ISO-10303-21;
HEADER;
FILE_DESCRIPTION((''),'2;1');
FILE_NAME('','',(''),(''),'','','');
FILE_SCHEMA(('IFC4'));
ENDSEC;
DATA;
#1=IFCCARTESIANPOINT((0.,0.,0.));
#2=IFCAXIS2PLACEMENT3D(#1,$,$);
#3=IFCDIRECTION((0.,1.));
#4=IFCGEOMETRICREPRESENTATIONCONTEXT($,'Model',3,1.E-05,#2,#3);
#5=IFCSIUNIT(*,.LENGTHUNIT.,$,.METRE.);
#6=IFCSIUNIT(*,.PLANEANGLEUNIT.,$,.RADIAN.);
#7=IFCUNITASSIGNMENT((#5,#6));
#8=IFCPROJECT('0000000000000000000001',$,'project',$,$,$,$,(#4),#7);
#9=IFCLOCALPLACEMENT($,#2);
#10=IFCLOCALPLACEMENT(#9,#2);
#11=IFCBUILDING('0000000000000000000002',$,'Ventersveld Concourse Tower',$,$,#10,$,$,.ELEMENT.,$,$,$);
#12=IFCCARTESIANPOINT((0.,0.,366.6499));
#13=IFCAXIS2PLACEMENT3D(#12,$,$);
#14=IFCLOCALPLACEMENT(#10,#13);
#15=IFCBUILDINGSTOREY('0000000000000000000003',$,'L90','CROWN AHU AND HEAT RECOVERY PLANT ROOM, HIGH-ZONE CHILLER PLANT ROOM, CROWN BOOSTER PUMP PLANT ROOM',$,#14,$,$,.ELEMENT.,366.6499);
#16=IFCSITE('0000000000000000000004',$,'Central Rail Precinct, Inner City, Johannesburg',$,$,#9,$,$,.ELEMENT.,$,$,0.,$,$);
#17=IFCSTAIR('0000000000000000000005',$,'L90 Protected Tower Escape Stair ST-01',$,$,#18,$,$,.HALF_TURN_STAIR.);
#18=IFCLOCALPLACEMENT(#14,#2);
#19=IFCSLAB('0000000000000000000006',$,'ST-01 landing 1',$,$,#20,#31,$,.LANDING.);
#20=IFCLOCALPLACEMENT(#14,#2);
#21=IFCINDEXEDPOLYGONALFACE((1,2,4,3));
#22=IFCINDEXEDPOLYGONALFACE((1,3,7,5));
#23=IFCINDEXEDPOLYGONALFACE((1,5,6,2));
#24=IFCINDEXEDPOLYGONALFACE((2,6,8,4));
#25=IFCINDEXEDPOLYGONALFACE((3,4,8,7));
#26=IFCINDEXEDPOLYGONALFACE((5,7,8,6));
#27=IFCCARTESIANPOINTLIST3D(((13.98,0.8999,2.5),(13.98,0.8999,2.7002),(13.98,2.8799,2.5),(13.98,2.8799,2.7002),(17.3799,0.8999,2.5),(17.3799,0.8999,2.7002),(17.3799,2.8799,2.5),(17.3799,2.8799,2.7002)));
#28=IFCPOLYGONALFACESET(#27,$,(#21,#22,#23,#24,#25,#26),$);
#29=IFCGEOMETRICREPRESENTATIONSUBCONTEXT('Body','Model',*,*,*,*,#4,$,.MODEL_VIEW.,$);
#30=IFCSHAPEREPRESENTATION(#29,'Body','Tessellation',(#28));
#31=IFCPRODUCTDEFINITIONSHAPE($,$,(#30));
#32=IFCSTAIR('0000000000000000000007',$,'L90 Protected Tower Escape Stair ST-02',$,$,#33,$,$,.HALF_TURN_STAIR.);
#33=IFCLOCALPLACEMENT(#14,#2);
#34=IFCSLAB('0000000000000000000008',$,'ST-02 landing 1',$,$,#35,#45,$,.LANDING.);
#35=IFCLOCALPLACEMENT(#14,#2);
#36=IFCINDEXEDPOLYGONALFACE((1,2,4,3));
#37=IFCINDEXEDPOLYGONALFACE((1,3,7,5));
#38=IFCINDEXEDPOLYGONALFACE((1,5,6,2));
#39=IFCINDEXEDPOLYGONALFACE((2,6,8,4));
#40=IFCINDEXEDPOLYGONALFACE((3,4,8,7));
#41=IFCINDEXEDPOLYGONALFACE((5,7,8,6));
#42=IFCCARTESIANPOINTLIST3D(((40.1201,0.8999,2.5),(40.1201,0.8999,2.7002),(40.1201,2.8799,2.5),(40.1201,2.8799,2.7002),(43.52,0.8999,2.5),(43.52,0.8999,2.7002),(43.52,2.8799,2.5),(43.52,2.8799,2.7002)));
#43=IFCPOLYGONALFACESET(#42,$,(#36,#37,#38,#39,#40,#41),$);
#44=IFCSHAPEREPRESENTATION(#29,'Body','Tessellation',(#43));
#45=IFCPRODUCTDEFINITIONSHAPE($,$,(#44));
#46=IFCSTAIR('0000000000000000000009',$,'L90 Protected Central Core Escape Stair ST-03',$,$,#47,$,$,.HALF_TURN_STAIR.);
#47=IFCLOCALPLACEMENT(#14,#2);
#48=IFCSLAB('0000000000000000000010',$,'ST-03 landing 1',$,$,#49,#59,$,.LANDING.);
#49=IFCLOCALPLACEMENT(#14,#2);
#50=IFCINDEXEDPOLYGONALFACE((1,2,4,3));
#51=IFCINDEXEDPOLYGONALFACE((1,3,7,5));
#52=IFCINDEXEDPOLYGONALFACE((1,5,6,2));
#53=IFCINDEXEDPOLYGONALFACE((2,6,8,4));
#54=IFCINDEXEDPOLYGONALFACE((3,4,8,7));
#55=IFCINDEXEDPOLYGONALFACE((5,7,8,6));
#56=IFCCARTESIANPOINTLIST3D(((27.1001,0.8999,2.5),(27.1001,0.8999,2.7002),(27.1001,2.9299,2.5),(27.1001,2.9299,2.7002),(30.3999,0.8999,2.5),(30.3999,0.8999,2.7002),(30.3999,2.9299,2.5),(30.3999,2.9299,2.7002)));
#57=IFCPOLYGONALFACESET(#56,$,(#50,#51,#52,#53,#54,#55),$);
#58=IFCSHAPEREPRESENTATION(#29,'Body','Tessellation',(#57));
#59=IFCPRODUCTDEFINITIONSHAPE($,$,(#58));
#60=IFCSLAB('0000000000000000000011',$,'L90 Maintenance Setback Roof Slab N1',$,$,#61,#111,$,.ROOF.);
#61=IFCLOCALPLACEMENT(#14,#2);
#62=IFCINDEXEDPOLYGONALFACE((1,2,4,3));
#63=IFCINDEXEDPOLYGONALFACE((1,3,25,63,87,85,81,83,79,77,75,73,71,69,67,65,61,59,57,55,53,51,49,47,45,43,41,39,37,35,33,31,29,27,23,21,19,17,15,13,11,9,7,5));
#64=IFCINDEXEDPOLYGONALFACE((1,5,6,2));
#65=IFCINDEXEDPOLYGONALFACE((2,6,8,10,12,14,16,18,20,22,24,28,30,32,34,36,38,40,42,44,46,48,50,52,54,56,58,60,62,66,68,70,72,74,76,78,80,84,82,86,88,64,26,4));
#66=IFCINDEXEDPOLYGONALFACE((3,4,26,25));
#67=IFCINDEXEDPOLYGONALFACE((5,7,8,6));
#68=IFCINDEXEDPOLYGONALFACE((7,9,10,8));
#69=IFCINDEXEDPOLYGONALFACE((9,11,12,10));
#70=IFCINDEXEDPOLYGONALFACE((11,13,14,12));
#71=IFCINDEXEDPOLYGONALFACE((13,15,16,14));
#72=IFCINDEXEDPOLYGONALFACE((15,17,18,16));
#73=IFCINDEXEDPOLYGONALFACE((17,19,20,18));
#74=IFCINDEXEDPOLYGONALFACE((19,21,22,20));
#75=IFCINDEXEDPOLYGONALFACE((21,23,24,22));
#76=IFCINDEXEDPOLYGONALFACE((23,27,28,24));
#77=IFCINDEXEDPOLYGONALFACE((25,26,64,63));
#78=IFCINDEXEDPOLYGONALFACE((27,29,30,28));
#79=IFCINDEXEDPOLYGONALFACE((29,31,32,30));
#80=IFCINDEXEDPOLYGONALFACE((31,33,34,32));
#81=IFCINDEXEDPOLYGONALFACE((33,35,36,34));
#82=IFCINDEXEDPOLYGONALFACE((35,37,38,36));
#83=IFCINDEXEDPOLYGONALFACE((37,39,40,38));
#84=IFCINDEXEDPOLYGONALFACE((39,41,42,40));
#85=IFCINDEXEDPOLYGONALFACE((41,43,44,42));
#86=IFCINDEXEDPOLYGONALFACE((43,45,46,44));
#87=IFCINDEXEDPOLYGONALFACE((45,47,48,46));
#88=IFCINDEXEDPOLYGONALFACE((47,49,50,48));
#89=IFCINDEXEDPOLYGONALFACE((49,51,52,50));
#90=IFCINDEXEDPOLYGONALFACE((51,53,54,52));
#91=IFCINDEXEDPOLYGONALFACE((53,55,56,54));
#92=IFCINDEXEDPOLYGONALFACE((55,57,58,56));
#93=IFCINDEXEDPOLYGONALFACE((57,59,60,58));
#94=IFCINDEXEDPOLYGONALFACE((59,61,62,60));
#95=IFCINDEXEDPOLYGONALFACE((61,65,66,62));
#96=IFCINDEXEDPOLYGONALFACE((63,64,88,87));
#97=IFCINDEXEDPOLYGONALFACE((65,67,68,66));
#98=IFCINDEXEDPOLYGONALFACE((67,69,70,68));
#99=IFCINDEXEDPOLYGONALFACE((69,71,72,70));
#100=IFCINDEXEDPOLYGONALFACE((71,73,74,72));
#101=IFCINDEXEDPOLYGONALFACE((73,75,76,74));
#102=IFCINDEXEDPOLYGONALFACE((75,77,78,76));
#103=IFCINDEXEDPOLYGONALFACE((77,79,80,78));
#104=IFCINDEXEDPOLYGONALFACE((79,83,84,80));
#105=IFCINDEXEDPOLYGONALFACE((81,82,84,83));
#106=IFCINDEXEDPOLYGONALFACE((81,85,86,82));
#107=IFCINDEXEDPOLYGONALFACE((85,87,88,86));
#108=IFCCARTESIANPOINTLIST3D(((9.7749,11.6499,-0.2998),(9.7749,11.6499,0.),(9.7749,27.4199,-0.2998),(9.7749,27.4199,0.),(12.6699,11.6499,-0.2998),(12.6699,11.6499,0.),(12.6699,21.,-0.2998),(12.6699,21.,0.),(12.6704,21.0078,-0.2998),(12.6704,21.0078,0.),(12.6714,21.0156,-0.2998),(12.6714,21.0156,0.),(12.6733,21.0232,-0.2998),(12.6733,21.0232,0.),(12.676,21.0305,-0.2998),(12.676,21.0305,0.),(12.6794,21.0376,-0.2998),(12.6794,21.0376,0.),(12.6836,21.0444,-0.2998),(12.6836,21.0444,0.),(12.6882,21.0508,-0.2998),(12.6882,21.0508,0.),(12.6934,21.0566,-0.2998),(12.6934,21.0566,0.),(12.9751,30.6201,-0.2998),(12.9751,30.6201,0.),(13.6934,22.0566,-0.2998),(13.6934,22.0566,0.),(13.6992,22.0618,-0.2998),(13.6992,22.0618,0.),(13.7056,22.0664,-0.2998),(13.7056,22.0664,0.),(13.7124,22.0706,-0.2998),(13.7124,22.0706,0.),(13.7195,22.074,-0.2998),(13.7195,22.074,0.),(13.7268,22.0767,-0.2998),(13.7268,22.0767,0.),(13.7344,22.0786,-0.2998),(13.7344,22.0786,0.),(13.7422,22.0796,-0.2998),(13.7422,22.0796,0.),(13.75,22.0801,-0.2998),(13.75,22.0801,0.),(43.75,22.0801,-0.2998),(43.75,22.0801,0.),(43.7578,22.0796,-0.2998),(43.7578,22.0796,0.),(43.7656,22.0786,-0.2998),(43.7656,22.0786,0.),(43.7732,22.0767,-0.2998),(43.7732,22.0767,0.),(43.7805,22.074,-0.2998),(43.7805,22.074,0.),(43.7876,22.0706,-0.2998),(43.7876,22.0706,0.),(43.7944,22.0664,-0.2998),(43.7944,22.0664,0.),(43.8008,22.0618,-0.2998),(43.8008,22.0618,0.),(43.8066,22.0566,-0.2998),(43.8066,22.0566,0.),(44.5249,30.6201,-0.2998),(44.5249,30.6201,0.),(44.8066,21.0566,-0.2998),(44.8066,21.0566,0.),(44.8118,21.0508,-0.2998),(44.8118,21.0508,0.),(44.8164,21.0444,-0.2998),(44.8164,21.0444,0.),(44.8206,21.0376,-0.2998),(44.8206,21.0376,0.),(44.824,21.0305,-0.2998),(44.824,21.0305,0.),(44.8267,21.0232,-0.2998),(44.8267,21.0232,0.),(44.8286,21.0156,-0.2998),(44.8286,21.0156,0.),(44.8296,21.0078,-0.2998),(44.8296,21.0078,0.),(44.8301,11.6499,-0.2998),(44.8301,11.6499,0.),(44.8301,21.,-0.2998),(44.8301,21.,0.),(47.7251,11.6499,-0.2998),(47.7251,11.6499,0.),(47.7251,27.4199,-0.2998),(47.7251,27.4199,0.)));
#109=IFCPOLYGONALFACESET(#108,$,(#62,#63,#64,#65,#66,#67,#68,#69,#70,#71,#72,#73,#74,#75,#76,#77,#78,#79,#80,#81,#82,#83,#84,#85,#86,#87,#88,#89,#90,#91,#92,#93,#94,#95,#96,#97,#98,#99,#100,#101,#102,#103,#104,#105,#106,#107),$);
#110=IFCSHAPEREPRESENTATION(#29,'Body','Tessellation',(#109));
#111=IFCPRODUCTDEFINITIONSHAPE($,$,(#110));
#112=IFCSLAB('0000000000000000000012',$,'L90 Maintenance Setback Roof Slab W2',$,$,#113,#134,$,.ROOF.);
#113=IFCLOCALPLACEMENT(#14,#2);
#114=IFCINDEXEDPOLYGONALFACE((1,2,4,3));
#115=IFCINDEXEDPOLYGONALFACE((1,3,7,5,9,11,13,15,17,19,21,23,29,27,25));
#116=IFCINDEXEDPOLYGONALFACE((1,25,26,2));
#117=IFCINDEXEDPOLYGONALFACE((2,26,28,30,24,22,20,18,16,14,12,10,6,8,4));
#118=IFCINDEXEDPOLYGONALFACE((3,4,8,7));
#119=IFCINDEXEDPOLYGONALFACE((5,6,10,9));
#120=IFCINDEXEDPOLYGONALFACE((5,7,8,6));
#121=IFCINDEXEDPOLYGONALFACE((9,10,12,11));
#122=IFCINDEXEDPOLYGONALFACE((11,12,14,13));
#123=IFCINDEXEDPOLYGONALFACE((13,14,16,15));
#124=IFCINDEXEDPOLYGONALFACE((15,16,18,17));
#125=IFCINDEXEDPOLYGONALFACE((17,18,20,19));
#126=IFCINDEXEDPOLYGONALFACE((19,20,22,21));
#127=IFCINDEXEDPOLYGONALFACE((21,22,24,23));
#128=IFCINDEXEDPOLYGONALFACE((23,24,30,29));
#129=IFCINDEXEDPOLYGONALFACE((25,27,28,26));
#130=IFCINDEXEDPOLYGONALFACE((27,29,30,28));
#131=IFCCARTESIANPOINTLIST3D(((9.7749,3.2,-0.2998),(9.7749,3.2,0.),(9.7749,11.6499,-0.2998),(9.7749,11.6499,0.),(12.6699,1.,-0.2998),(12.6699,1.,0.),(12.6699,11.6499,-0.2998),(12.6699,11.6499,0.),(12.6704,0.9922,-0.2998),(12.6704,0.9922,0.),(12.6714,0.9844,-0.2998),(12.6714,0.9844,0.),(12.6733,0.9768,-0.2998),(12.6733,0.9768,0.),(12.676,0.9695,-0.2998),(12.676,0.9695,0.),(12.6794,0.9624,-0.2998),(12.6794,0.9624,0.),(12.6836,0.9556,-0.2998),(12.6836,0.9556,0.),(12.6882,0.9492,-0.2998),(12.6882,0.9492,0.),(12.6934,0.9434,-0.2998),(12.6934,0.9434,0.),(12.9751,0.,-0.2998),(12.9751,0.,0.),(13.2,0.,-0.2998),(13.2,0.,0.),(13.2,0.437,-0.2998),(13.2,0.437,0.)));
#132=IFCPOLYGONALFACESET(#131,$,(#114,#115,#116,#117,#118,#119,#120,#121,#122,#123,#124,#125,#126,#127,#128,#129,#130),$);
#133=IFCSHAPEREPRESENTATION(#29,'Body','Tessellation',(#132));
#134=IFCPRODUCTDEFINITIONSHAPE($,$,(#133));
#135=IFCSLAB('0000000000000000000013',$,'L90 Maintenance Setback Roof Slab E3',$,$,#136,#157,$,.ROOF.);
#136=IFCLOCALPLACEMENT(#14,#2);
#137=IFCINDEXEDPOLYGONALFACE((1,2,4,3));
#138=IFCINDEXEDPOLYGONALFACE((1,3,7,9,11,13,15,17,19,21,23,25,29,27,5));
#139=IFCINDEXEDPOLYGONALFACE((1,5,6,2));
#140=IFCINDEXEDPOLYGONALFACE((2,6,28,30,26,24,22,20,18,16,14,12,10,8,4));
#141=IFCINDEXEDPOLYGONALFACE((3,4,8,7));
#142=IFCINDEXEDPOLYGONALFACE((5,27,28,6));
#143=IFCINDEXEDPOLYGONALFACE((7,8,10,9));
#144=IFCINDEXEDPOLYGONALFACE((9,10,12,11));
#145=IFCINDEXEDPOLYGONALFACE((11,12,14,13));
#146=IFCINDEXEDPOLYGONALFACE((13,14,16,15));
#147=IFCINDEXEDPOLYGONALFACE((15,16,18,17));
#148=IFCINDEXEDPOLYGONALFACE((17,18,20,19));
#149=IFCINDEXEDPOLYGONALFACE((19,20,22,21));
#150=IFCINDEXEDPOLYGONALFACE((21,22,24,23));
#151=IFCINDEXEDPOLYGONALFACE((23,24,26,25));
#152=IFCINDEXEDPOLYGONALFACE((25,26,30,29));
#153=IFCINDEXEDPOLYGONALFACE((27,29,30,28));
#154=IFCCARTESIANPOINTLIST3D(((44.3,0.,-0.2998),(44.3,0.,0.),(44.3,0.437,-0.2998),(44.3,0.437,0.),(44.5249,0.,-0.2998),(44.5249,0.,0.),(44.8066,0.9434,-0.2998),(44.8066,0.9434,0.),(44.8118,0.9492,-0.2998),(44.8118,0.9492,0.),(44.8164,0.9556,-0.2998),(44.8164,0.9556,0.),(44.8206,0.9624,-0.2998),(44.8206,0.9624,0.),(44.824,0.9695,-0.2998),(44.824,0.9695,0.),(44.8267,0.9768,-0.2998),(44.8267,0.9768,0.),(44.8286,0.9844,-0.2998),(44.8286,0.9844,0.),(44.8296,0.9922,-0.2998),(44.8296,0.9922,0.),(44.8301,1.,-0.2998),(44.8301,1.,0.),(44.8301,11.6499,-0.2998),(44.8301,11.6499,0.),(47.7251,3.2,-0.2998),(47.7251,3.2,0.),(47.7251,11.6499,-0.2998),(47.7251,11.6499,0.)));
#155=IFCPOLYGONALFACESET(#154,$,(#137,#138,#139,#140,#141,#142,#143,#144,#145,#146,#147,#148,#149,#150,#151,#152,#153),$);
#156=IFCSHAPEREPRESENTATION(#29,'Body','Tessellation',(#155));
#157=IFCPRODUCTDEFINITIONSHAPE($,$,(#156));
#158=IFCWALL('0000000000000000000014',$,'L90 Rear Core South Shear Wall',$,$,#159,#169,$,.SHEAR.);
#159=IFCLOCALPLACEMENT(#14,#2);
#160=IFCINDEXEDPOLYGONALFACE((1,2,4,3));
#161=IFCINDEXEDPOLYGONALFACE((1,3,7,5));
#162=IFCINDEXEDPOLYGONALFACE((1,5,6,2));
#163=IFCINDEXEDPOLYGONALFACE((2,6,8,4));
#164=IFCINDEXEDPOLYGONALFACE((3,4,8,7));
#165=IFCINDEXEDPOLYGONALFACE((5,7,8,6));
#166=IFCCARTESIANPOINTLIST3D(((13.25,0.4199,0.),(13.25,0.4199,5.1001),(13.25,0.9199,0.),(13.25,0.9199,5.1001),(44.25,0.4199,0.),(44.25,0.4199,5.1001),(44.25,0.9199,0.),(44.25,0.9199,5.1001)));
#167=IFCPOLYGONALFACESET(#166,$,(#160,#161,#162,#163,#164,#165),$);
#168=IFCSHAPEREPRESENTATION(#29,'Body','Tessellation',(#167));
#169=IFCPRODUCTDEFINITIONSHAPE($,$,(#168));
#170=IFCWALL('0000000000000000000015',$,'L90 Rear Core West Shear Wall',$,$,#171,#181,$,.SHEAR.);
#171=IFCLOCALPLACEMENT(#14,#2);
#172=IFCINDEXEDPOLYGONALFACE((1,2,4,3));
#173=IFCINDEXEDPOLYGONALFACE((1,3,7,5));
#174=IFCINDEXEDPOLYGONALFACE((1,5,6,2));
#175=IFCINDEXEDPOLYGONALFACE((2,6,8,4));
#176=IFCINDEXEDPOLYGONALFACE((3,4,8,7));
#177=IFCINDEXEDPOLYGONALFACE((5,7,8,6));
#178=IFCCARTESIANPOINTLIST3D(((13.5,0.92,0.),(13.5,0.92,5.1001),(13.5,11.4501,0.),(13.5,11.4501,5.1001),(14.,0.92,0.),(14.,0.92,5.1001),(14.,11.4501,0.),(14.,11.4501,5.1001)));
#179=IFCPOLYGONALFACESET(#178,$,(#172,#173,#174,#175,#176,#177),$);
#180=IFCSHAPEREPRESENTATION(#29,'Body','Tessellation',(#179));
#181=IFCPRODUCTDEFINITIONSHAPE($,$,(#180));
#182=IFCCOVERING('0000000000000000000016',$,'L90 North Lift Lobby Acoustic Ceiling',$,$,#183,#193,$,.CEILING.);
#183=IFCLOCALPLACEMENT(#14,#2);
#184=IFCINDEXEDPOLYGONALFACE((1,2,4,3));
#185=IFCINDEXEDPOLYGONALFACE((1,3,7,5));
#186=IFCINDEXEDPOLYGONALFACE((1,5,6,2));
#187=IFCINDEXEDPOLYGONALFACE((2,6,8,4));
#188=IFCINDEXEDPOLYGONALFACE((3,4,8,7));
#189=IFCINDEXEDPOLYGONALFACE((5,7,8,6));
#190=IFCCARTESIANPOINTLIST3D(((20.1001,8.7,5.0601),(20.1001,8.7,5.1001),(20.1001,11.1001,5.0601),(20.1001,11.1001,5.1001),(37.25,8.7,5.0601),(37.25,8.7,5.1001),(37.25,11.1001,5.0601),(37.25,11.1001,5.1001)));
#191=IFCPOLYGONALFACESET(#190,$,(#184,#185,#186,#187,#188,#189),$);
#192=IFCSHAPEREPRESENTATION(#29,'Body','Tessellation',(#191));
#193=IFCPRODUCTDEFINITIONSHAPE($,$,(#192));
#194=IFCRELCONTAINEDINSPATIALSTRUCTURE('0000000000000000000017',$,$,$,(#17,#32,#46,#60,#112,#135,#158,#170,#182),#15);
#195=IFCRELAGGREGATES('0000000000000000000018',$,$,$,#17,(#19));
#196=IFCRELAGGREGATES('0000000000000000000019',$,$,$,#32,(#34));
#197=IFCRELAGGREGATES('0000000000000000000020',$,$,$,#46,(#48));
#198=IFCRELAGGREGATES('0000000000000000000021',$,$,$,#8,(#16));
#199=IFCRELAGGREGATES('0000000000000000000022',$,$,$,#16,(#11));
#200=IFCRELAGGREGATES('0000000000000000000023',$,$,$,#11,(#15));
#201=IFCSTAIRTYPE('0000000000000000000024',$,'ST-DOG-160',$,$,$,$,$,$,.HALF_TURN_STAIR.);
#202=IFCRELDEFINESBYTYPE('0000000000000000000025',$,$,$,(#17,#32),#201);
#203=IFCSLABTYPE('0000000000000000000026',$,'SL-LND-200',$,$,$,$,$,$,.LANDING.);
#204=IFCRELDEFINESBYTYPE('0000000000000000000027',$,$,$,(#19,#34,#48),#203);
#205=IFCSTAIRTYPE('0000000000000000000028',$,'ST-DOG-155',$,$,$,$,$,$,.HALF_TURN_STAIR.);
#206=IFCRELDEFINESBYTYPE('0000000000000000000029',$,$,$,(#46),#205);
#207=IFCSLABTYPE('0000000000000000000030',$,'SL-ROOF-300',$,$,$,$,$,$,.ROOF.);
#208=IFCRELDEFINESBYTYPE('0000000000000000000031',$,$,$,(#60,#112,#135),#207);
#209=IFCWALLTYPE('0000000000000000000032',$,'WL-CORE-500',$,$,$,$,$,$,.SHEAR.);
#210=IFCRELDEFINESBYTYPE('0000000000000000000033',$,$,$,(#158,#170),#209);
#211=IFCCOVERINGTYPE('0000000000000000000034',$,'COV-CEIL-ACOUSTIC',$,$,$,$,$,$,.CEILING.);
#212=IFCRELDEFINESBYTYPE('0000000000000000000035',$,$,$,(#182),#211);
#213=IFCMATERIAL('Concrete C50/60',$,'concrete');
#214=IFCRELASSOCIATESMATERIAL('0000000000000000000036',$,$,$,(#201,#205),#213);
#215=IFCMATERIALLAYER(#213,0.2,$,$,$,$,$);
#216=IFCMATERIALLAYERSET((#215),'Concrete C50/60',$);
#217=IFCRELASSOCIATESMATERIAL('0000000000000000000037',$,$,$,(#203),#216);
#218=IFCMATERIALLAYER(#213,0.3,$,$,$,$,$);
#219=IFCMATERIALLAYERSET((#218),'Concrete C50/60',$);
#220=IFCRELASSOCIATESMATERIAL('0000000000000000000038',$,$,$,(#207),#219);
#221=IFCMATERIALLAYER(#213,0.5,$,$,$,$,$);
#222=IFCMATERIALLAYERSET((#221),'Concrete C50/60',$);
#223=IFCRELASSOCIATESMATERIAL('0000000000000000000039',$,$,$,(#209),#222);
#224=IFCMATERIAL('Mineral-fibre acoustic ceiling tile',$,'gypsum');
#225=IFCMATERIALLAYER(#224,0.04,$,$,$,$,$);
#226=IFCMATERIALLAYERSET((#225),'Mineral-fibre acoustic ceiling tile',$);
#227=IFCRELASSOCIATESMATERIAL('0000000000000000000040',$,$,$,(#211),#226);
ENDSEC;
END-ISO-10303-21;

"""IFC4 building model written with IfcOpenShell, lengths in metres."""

from ifc_helpers import new_model, si_unit, direction, frame, frame_2d, origin, place, context, subcontext, project, spatial, polyline, rectangle, outline, extrude, material, layer, layer_set, type_object, element, aggregate, save


model = new_model("IFC4")

# Units and contexts
model_context = context("Model", 3, precision=1e-05, world=origin(), true_north=direction((0.0, 1.0)))
body_context = subcontext(model_context, "Body", "Model", "MODEL_VIEW")
ifc_project = project(units=[si_unit("LENGTHUNIT", "METRE"), si_unit("PLANEANGLEUNIT", "RADIAN")], contexts=[model_context])

# Site, building, storey
site_placement = place(None, origin())
site = spatial("IfcSite", under=ifc_project, at=site_placement, Name="Central Rail Precinct, Inner City, Johannesburg", CompositionType="ELEMENT", RefElevation=0.0)
building_placement = place(site_placement, origin())
building = spatial("IfcBuilding", under=site, at=building_placement, Name="Ventersveld Concourse Tower", CompositionType="ELEMENT")
storey_placement = place(building_placement, frame((0.0, 0.0, 366.6499)))
storey = spatial("IfcBuildingStorey", under=building, at=storey_placement, Name="L90", Description="CROWN AHU AND HEAT RECOVERY PLANT ROOM, HIGH-ZONE CHILLER PLANT ROOM, CROWN BOOSTER PUMP PLANT ROOM", CompositionType="ELEMENT", Elevation=366.6499)

# Shared definitions
ifc_material_1 = material(Name="Concrete C50/60", Category="concrete")

# Stairs, slabs
stair_type_1 = type_object("IfcStairType", Name="ST-DOG-160", PredefinedType="HALF_TURN_STAIR", material=ifc_material_1)
stair_1_placement = place(storey_placement, origin())
stair_1 = element("IfcStair", 1, at=stair_1_placement, inside=storey, type_object=stair_type_1, Name="L90 Protected Tower Escape Stair ST-01", PredefinedType="HALF_TURN_STAIR")
ifc_layer_1 = layer(ifc_material_1, 0.2)
ifc_layer_set_1 = layer_set([ifc_layer_1], Name="Concrete C50/60")
slab_type_1 = type_object("IfcSlabType", Name="SL-LND-200", PredefinedType="LANDING", material=ifc_layer_set_1)
slab_1_placement = place(storey_placement, frame((0.0, 0.0, 2.5)))
slab_1 = element("IfcSlab", 2, at=slab_1_placement, type_object=slab_type_1, Name="ST-01 landing 1", PredefinedType="LANDING", context=body_context, shape_type="SweptSolid", body=[
    extrude(outline(polyline([(13.98, 2.8799), (13.98, 0.8999), (17.3799, 0.8999), (17.3799, 2.8799), (13.98, 2.8799)])), origin(), (0.0, 0.0, 1.0), 0.2002),
])
aggregate(stair_1, [slab_1])
stair_2_placement = place(storey_placement, origin())
stair_2 = element("IfcStair", 3, at=stair_2_placement, inside=storey, type_object=stair_type_1, Name="L90 Protected Tower Escape Stair ST-02", PredefinedType="HALF_TURN_STAIR")
slab_2_placement = place(storey_placement, frame((0.0, 0.0, 2.5)))
slab_2 = element("IfcSlab", 4, at=slab_2_placement, type_object=slab_type_1, Name="ST-02 landing 1", PredefinedType="LANDING", context=body_context, shape_type="SweptSolid", body=[
    extrude(outline(polyline([(40.1201, 2.8799), (40.1201, 0.8999), (43.52, 0.8999), (43.52, 2.8799), (40.1201, 2.8799)])), origin(), (0.0, 0.0, 1.0), 0.2002),
])
aggregate(stair_2, [slab_2])
stair_type_2 = type_object("IfcStairType", Name="ST-DOG-155", PredefinedType="HALF_TURN_STAIR", material=ifc_material_1)
stair_3_placement = place(storey_placement, origin())
stair_3 = element("IfcStair", 5, at=stair_3_placement, inside=storey, type_object=stair_type_2, Name="L90 Protected Central Core Escape Stair ST-03", PredefinedType="HALF_TURN_STAIR")
slab_3_placement = place(storey_placement, frame((0.0, 0.0, 2.5)))
slab_3 = element("IfcSlab", 6, at=slab_3_placement, type_object=slab_type_1, Name="ST-03 landing 1", PredefinedType="LANDING", context=body_context, shape_type="SweptSolid", body=[
    extrude(outline(polyline([(27.1001, 2.9299), (27.1001, 0.8999), (30.3999, 0.8999), (30.3999, 2.9299), (27.1001, 2.9299)])), origin(), (0.0, 0.0, 1.0), 0.2002),
])
aggregate(stair_3, [slab_3])

# Slabs
ifc_layer_2 = layer(ifc_material_1, 0.3)
ifc_layer_set_2 = layer_set([ifc_layer_2], Name="Concrete C50/60")
slab_type_2 = type_object("IfcSlabType", Name="SL-ROOF-300", PredefinedType="ROOF", material=ifc_layer_set_2)
slab_4_placement = place(storey_placement, frame((0.0, 0.0, -0.2998)))
element("IfcSlab", 7, at=slab_4_placement, inside=storey, type_object=slab_type_2, Name="L90 Maintenance Setback Roof Slab N1", PredefinedType="ROOF", context=body_context, shape_type="SweptSolid", body=[
    extrude(outline(polyline([(9.7749, 27.4199), (12.9751, 30.6201), (44.5249, 30.6201), (47.7251, 27.4199), (47.7251, 11.6499), (44.8301, 11.6499), (44.8301, 21.0), (44.8296, 21.0078), (44.8286, 21.0156), (44.8267, 21.0232), (44.824, 21.0305), (44.8206, 21.0376), (44.8164, 21.0444), (44.8118, 21.0508), (44.8066, 21.0566), (43.8066, 22.0566), (43.8008, 22.0618), (43.7944, 22.0664), (43.7876, 22.0706), (43.7805, 22.074), (43.7732, 22.0767), (43.7656, 22.0786), (43.7578, 22.0796), (43.75, 22.0801), (13.75, 22.0801), (13.7422, 22.0796), (13.7344, 22.0786), (13.7268, 22.0767), (13.7195, 22.074), (13.7124, 22.0706), (13.7056, 22.0664), (13.6992, 22.0618), (13.6934, 22.0566), (12.6934, 21.0566), (12.6882, 21.0508), (12.6836, 21.0444), (12.6794, 21.0376), (12.676, 21.0305), (12.6733, 21.0232), (12.6714, 21.0156), (12.6704, 21.0078), (12.6699, 21.0), (12.6699, 11.6499), (9.7749, 11.6499), (9.7749, 27.4199)])), origin(), (0.0, 0.0, 1.0), 0.2998),
])
slab_5_placement = place(storey_placement, frame((0.0, 0.0, -0.2998)))
element("IfcSlab", 8, at=slab_5_placement, inside=storey, type_object=slab_type_2, Name="L90 Maintenance Setback Roof Slab W2", PredefinedType="ROOF", context=body_context, shape_type="SweptSolid", body=[
    extrude(outline(polyline([(9.7749, 3.2), (9.7749, 11.6499), (12.6699, 11.6499), (12.6699, 1.0), (12.6704, 0.9922), (12.6714, 0.9844), (12.6733, 0.9768), (12.676, 0.9695), (12.6794, 0.9624), (12.6836, 0.9556), (12.6882, 0.9492), (12.6934, 0.9434), (13.2, 0.437), (13.2, 0.0), (12.9751, 0.0), (9.7749, 3.2)])), origin(), (0.0, 0.0, 1.0), 0.2998),
])
slab_6_placement = place(storey_placement, frame((0.0, 0.0, -0.2998)))
element("IfcSlab", 9, at=slab_6_placement, inside=storey, type_object=slab_type_2, Name="L90 Maintenance Setback Roof Slab E3", PredefinedType="ROOF", context=body_context, shape_type="SweptSolid", body=[
    extrude(outline(polyline([(47.7251, 3.2), (44.5249, 0.0), (44.3, 0.0), (44.3, 0.437), (44.8066, 0.9434), (44.8118, 0.9492), (44.8164, 0.9556), (44.8206, 0.9624), (44.824, 0.9695), (44.8267, 0.9768), (44.8286, 0.9844), (44.8296, 0.9922), (44.8301, 1.0), (44.8301, 11.6499), (47.7251, 11.6499), (47.7251, 3.2)])), origin(), (0.0, 0.0, 1.0), 0.2998),
])

# Walls
ifc_layer_3 = layer(ifc_material_1, 0.5)
ifc_layer_set_3 = layer_set([ifc_layer_3], Name="Concrete C50/60")
wall_type = type_object("IfcWallType", Name="WL-CORE-500", PredefinedType="SHEAR", material=ifc_layer_set_3)
wall_1_placement = place(storey_placement, frame((13.25, 0.6699, 0.0), z_axis=(0.0, 0.0, 1.0), x_axis=(1.0, 0.0, 0.0)))
element("IfcWall", 10, at=wall_1_placement, inside=storey, type_object=wall_type, Name="L90 Rear Core South Shear Wall", PredefinedType="SHEAR", context=body_context, shape_type="SweptSolid", body=[
    extrude(rectangle(XDim=31.0, YDim=0.5, at=frame_2d((15.5, 0.0))), origin(), (0.0, 0.0, 1.0), 5.1001),
])
wall_2_placement = place(storey_placement, frame((13.75, 0.9199, 0.0), z_axis=(0.0, 0.0, 1.0), x_axis=(0.0, 1.0, 0.0)))
element("IfcWall", 11, at=wall_2_placement, inside=storey, type_object=wall_type, Name="L90 Rear Core West Shear Wall", PredefinedType="SHEAR", context=body_context, shape_type="SweptSolid", body=[
    extrude(rectangle(XDim=10.53, YDim=0.5, at=frame_2d((5.2651, 0.0))), origin(), (0.0, 0.0, 1.0), 5.1001),
])

# Covering
ifc_material_2 = material(Name="Mineral-fibre acoustic ceiling tile", Category="gypsum")
ifc_layer_4 = layer(ifc_material_2, 0.04)
ifc_layer_set_4 = layer_set([ifc_layer_4], Name="Mineral-fibre acoustic ceiling tile")
covering_type_1 = type_object("IfcCoveringType", Name="COV-CEIL-ACOUSTIC", PredefinedType="CEILING", material=ifc_layer_set_4)
covering_1_placement = place(storey_placement, frame((0.0, 0.0, 5.0601)))
element("IfcCovering", 12, at=covering_1_placement, inside=storey, type_object=covering_type_1, Name="L90 North Lift Lobby Acoustic Ceiling", PredefinedType="CEILING", context=body_context, shape_type="SweptSolid", body=[
    extrude(outline(polyline([(20.1001, 8.7), (37.25, 8.7), (37.25, 11.1001), (20.1001, 11.1001), (20.1001, 8.7)])), origin(), (0.0, 0.0, 1.0), 0.04),
])

save(model, "model.ifc")
